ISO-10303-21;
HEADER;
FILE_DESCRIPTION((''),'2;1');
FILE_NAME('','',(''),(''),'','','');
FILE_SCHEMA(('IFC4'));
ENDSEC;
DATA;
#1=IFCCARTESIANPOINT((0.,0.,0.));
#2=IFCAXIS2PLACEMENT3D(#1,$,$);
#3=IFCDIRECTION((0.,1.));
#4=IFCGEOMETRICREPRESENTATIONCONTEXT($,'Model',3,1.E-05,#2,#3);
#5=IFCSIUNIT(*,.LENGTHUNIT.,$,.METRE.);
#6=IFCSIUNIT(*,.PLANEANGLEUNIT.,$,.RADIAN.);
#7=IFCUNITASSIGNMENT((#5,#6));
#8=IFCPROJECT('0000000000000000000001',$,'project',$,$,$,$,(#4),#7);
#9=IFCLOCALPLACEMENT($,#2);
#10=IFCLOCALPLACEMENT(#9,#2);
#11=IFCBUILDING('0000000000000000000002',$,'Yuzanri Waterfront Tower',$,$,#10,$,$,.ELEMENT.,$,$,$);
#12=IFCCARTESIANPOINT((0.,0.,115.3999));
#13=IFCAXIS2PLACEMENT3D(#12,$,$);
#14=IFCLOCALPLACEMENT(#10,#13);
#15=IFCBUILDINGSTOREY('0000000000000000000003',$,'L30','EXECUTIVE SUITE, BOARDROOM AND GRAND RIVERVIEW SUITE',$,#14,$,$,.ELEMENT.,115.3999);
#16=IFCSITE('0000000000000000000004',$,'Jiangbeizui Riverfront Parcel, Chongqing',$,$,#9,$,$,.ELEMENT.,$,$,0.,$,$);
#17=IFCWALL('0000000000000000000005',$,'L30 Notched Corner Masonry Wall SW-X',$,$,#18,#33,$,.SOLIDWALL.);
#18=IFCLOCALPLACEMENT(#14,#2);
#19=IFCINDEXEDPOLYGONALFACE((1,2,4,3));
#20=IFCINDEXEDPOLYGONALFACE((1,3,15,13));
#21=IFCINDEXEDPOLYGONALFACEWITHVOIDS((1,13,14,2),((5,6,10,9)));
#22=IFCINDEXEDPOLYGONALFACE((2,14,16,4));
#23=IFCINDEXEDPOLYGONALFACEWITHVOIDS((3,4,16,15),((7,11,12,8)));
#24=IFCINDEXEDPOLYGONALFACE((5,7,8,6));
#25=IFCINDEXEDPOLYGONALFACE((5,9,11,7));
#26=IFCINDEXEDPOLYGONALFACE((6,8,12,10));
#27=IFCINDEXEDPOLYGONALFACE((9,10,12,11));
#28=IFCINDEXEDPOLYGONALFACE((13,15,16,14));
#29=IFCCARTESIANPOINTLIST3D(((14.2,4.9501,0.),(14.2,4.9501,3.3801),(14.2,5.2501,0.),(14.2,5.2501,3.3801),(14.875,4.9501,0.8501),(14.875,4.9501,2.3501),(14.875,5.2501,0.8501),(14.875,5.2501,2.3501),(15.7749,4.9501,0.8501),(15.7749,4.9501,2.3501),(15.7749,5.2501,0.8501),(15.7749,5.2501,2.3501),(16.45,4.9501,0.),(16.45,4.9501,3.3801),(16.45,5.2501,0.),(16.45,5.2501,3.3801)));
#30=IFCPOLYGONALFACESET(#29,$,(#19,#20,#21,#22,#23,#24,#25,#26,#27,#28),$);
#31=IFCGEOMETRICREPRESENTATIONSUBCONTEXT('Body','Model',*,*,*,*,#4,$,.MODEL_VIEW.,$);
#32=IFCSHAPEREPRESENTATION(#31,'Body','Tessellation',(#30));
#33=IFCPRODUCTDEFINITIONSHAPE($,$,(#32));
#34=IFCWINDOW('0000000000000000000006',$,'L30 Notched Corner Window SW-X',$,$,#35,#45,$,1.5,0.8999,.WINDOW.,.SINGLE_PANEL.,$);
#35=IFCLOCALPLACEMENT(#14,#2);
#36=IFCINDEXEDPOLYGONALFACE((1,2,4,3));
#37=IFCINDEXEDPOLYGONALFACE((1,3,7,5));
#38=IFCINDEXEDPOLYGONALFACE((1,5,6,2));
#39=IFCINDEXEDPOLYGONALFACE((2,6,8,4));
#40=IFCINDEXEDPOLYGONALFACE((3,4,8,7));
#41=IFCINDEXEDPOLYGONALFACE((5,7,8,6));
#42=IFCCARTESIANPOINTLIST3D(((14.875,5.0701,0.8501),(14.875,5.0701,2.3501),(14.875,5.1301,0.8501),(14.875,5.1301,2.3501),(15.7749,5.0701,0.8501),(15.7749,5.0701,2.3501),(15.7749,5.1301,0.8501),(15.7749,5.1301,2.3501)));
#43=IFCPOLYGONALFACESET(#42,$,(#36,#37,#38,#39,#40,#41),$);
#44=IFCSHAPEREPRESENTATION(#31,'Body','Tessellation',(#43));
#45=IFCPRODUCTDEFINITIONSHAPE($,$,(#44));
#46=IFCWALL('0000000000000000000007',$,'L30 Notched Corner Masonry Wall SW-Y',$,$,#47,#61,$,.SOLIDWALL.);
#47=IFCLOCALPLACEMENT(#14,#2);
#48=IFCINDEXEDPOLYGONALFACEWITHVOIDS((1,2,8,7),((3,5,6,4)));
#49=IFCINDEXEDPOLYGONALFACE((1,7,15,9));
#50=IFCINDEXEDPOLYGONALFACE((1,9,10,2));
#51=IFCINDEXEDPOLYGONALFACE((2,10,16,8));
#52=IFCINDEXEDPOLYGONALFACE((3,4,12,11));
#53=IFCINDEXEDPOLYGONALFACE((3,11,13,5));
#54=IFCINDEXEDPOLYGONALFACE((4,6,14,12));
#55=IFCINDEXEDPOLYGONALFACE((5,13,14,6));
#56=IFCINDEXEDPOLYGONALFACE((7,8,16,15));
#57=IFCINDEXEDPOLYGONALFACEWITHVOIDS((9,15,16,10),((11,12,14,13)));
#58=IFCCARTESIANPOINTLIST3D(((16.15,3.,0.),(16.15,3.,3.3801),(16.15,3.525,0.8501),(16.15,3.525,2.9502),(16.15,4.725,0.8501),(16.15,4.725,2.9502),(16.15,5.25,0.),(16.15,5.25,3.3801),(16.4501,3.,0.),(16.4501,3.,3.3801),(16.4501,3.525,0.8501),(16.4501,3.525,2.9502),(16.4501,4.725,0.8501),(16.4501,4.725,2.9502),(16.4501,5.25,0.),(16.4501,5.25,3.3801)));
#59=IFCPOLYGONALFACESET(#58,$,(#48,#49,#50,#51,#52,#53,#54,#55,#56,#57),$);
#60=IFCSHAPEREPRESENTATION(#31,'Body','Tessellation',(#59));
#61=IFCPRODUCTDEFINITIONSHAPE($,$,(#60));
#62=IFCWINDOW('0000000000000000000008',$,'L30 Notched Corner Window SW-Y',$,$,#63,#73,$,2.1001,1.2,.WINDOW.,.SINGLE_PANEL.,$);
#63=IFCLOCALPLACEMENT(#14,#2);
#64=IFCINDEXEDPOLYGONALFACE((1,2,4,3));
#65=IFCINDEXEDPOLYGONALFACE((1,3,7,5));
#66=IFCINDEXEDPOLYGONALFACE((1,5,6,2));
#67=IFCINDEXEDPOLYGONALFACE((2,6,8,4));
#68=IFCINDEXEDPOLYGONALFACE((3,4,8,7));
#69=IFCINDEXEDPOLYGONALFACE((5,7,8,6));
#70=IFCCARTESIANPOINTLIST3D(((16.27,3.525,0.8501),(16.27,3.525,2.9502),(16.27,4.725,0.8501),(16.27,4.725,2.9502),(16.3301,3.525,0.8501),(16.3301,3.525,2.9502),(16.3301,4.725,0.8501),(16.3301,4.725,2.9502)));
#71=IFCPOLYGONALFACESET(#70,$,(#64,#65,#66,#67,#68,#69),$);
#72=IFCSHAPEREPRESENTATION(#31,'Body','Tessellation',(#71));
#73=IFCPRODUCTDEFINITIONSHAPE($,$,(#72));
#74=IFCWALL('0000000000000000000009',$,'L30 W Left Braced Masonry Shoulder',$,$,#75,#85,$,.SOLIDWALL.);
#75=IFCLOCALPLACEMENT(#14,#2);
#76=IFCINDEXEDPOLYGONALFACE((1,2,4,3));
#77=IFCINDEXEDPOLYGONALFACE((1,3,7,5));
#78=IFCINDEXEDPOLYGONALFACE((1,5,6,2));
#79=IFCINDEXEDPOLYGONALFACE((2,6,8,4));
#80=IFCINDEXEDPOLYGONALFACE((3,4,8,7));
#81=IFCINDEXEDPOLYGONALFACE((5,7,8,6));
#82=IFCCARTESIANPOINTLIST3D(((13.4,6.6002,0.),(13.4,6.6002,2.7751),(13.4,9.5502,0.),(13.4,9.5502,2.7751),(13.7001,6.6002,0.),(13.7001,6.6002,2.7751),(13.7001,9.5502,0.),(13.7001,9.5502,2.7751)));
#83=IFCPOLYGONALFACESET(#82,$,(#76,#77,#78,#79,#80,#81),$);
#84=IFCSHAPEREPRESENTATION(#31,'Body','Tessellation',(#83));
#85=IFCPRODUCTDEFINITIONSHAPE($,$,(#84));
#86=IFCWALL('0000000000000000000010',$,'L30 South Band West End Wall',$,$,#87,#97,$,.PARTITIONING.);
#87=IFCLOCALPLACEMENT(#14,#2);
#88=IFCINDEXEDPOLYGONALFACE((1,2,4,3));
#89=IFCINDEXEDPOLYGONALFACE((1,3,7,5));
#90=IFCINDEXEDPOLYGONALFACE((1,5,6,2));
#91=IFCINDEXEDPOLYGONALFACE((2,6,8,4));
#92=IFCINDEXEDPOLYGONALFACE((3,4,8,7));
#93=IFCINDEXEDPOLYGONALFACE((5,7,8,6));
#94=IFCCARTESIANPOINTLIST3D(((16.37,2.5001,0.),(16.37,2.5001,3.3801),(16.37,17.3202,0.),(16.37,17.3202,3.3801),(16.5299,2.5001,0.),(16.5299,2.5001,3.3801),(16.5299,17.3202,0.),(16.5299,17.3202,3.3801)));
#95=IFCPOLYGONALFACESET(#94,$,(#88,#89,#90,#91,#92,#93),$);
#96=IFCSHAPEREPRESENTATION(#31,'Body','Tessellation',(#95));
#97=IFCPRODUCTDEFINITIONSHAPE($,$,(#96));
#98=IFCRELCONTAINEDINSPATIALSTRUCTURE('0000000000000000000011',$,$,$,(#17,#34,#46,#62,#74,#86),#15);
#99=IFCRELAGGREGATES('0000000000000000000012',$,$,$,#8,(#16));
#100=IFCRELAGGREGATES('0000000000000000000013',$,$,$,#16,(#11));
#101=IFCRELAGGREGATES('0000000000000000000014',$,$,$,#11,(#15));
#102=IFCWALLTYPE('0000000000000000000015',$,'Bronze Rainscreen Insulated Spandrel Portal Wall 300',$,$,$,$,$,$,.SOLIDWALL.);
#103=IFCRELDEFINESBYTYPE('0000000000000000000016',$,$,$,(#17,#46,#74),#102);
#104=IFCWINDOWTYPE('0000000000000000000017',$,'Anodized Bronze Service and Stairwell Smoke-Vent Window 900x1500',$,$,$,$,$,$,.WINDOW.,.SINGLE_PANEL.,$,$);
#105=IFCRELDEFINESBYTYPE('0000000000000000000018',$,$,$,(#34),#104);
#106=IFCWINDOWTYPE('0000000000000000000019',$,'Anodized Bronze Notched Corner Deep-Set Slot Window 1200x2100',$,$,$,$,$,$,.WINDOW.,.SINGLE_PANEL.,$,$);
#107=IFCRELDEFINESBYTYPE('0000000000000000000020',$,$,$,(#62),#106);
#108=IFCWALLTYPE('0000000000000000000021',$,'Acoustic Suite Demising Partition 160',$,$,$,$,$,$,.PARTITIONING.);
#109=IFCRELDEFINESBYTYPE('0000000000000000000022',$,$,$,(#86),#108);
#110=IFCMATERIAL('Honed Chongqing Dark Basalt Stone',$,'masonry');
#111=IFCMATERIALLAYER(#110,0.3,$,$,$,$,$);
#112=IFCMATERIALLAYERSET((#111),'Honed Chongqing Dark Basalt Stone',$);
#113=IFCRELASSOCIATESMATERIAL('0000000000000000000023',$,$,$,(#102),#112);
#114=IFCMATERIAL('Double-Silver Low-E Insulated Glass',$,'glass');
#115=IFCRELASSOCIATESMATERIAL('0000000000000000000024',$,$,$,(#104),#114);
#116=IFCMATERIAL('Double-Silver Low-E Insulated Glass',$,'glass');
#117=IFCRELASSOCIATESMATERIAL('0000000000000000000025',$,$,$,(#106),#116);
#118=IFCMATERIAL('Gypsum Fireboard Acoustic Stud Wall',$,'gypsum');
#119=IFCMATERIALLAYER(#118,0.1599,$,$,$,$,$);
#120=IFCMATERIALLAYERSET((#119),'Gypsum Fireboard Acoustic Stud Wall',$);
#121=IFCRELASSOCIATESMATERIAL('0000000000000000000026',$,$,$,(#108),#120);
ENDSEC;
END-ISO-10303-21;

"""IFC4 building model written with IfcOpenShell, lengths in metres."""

from ifc_helpers import new_model, si_unit, direction, frame, frame_2d, origin, place, context, subcontext, project, spatial, rectangle, extrude, source, transform, mapped, material, layer, layer_set, type_object, element, fill, save


model = new_model("IFC4")

# Units and contexts
model_context = context("Model", 3, precision=1e-05, world=origin(), true_north=direction((0.0, 1.0)))
body_context = subcontext(model_context, "Body", "Model", "MODEL_VIEW")
ifc_project = project(units=[si_unit("LENGTHUNIT", "METRE"), si_unit("PLANEANGLEUNIT", "RADIAN")], contexts=[model_context])

# Site, building, storey
site_placement = place(None, origin())
site = spatial("IfcSite", under=ifc_project, at=site_placement, Name="Jiangbeizui Riverfront Parcel, Chongqing", CompositionType="ELEMENT", RefElevation=0.0)
building_placement = place(site_placement, origin())
building = spatial("IfcBuilding", under=site, at=building_placement, Name="Yuzanri Waterfront Tower", CompositionType="ELEMENT")
storey_placement = place(building_placement, frame((0.0, 0.0, 115.3999)))
storey = spatial("IfcBuildingStorey", under=building, at=storey_placement, Name="L30", Description="EXECUTIVE SUITE, BOARDROOM AND GRAND RIVERVIEW SUITE", CompositionType="ELEMENT", Elevation=115.3999)

# Walls, openings, windows
ifc_material_1 = material(Name="Honed Chongqing Dark Basalt Stone", Category="masonry")
ifc_layer_1 = layer(ifc_material_1, 0.3)
ifc_layer_set_1 = layer_set([ifc_layer_1], Name="Honed Chongqing Dark Basalt Stone")
wall_type_1 = type_object("IfcWallType", Name="Bronze Rainscreen Insulated Spandrel Portal Wall 300", PredefinedType="SOLIDWALL", material=ifc_layer_set_1)
wall_1_placement = place(storey_placement, frame((14.2, 5.1001, 0.0), z_axis=(0.0, 0.0, 1.0), x_axis=(1.0, 0.0, 0.0)))
wall_1 = element("IfcWall", 1, at=wall_1_placement, inside=storey, type_object=wall_type_1, Name="L30 Notched Corner Masonry Wall SW-X", PredefinedType="SOLIDWALL", context=body_context, shape_type="SweptSolid", body=[
    extrude(rectangle(XDim=2.25, YDim=0.3, at=frame_2d((1.125, 0.0))), origin(), (0.0, 0.0, 1.0), 3.3801),
])
opening_1_placement = place(wall_1_placement, frame((0.675, 0.0, 0.8501)))
opening_1 = element("IfcOpeningElement", 2, at=opening_1_placement, cuts=wall_1, PredefinedType="OPENING", context=body_context, shape_type="SweptSolid", body=[
    extrude(rectangle(XDim=0.8999, YDim=1.5, at=frame_2d((0.45, 0.75))), frame((0.0, 0.165, 0.0), z_axis=(0.0, -1.0, 0.0), x_axis=(1.0, 0.0, 0.0)), (0.0, 0.0, 1.0), 0.3298),
])
ifc_material_2 = material(Name="Double-Silver Low-E Insulated Glass", Category="glass")
window_type_1 = type_object("IfcWindowType", Name="Anodized Bronze Service and Stairwell Smoke-Vent Window 900x1500", PartitioningType="SINGLE_PANEL", PredefinedType="WINDOW", material=ifc_material_2)
shared_shape_1 = source(origin(), body_context, "Body", "SweptSolid", [
    extrude(rectangle(XDim=0.8999, YDim=1.5, at=frame_2d((0.45, 0.75))), frame((0.0, 0.03, 0.0), z_axis=(0.0, -1.0, 0.0), x_axis=(1.0, 0.0, 0.0)), (0.0, 0.0, 1.0), 0.0601),
])
window_1_placement = place(opening_1_placement, origin())
window_1 = element("IfcWindow", 3, at=window_1_placement, inside=storey, type_object=window_type_1, Name="L30 Notched Corner Window SW-X", OverallHeight=1.5, OverallWidth=0.8999, PartitioningType="SINGLE_PANEL", PredefinedType="WINDOW", context=body_context, shape_type="MappedRepresentation", body=[
    mapped(shared_shape_1, transform((0.0, 0.0, 0.0), scale=1.0)),
])
fill(opening_1, window_1)
wall_2_placement = place(storey_placement, frame((16.3, 5.25, 0.0), z_axis=(0.0, 0.0, 1.0), x_axis=(0.0, -1.0, 0.0)))
wall_2 = element("IfcWall", 4, at=wall_2_placement, inside=storey, type_object=wall_type_1, Name="L30 Notched Corner Masonry Wall SW-Y", PredefinedType="SOLIDWALL", context=body_context, shape_type="SweptSolid", body=[
    extrude(rectangle(XDim=2.25, YDim=0.3, at=frame_2d((1.125, 0.0))), origin(), (0.0, 0.0, 1.0), 3.3801),
])
opening_2_placement = place(wall_2_placement, frame((0.5249, 0.0, 0.8501)))
opening_2 = element("IfcOpeningElement", 5, at=opening_2_placement, cuts=wall_2, PredefinedType="OPENING", context=body_context, shape_type="SweptSolid", body=[
    extrude(rectangle(XDim=1.2, YDim=2.1001, at=frame_2d((0.6001, 1.05))), frame((0.0, 0.165, 0.0), z_axis=(0.0, -1.0, 0.0), x_axis=(1.0, 0.0, 0.0)), (0.0, 0.0, 1.0), 0.3298),
])
ifc_material_3 = material(Name="Double-Silver Low-E Insulated Glass", Category="glass")
window_type_2 = type_object("IfcWindowType", Name="Anodized Bronze Notched Corner Deep-Set Slot Window 1200x2100", PartitioningType="SINGLE_PANEL", PredefinedType="WINDOW", material=ifc_material_3)
shared_shape_2 = source(origin(), body_context, "Body", "SweptSolid", [
    extrude(rectangle(XDim=1.2, YDim=2.1001, at=frame_2d((0.6001, 1.05))), frame((0.0, 0.03, 0.0), z_axis=(0.0, -1.0, 0.0), x_axis=(1.0, 0.0, 0.0)), (0.0, 0.0, 1.0), 0.0601),
])
window_2_placement = place(opening_2_placement, origin())
window_2 = element("IfcWindow", 6, at=window_2_placement, inside=storey, type_object=window_type_2, Name="L30 Notched Corner Window SW-Y", OverallHeight=2.1001, OverallWidth=1.2, PartitioningType="SINGLE_PANEL", PredefinedType="WINDOW", context=body_context, shape_type="MappedRepresentation", body=[
    mapped(shared_shape_2, transform((0.0, 0.0, 0.0), scale=1.0)),
])
fill(opening_2, window_2)

# Walls
shared_shape_3 = source(origin(), body_context, "Body", "SweptSolid", [
    extrude(rectangle(XDim=2.95, YDim=0.3, at=frame_2d((1.4751, 0.0))), origin(), (0.0, 0.0, 1.0), 2.7751),
])
wall_3_placement = place(storey_placement, frame((13.55, 6.6001, 0.0), z_axis=(0.0, 0.0, 1.0), x_axis=(0.0, 1.0, 0.0)))
element("IfcWall", 7, at=wall_3_placement, inside=storey, type_object=wall_type_1, Name="L30 W Left Braced Masonry Shoulder", PredefinedType="SOLIDWALL", context=body_context, shape_type="MappedRepresentation", body=[
    mapped(shared_shape_3, transform((0.0, 0.0, 0.0), scale=1.0)),
])
ifc_material_4 = material(Name="Gypsum Fireboard Acoustic Stud Wall", Category="gypsum")
ifc_layer_2 = layer(ifc_material_4, 0.1599)
ifc_layer_set_2 = layer_set([ifc_layer_2], Name="Gypsum Fireboard Acoustic Stud Wall")
wall_type_2 = type_object("IfcWallType", Name="Acoustic Suite Demising Partition 160", PredefinedType="PARTITIONING", material=ifc_layer_set_2)
shared_shape_4 = source(origin(), body_context, "Body", "SweptSolid", [
    extrude(rectangle(XDim=14.8201, YDim=0.1599, at=frame_2d((7.4102, 0.0))), origin(), (0.0, 0.0, 1.0), 3.3801),
])
wall_4_placement = place(storey_placement, frame((16.45, 2.5, 0.0), z_axis=(0.0, 0.0, 1.0), x_axis=(0.0, 1.0, 0.0)))
element("IfcWall", 8, at=wall_4_placement, inside=storey, type_object=wall_type_2, Name="L30 South Band West End Wall", PredefinedType="PARTITIONING", context=body_context, shape_type="MappedRepresentation", body=[
    mapped(shared_shape_4, transform((0.0, 0.0, 0.0), scale=1.0)),
])

save(model, "model.ifc")
